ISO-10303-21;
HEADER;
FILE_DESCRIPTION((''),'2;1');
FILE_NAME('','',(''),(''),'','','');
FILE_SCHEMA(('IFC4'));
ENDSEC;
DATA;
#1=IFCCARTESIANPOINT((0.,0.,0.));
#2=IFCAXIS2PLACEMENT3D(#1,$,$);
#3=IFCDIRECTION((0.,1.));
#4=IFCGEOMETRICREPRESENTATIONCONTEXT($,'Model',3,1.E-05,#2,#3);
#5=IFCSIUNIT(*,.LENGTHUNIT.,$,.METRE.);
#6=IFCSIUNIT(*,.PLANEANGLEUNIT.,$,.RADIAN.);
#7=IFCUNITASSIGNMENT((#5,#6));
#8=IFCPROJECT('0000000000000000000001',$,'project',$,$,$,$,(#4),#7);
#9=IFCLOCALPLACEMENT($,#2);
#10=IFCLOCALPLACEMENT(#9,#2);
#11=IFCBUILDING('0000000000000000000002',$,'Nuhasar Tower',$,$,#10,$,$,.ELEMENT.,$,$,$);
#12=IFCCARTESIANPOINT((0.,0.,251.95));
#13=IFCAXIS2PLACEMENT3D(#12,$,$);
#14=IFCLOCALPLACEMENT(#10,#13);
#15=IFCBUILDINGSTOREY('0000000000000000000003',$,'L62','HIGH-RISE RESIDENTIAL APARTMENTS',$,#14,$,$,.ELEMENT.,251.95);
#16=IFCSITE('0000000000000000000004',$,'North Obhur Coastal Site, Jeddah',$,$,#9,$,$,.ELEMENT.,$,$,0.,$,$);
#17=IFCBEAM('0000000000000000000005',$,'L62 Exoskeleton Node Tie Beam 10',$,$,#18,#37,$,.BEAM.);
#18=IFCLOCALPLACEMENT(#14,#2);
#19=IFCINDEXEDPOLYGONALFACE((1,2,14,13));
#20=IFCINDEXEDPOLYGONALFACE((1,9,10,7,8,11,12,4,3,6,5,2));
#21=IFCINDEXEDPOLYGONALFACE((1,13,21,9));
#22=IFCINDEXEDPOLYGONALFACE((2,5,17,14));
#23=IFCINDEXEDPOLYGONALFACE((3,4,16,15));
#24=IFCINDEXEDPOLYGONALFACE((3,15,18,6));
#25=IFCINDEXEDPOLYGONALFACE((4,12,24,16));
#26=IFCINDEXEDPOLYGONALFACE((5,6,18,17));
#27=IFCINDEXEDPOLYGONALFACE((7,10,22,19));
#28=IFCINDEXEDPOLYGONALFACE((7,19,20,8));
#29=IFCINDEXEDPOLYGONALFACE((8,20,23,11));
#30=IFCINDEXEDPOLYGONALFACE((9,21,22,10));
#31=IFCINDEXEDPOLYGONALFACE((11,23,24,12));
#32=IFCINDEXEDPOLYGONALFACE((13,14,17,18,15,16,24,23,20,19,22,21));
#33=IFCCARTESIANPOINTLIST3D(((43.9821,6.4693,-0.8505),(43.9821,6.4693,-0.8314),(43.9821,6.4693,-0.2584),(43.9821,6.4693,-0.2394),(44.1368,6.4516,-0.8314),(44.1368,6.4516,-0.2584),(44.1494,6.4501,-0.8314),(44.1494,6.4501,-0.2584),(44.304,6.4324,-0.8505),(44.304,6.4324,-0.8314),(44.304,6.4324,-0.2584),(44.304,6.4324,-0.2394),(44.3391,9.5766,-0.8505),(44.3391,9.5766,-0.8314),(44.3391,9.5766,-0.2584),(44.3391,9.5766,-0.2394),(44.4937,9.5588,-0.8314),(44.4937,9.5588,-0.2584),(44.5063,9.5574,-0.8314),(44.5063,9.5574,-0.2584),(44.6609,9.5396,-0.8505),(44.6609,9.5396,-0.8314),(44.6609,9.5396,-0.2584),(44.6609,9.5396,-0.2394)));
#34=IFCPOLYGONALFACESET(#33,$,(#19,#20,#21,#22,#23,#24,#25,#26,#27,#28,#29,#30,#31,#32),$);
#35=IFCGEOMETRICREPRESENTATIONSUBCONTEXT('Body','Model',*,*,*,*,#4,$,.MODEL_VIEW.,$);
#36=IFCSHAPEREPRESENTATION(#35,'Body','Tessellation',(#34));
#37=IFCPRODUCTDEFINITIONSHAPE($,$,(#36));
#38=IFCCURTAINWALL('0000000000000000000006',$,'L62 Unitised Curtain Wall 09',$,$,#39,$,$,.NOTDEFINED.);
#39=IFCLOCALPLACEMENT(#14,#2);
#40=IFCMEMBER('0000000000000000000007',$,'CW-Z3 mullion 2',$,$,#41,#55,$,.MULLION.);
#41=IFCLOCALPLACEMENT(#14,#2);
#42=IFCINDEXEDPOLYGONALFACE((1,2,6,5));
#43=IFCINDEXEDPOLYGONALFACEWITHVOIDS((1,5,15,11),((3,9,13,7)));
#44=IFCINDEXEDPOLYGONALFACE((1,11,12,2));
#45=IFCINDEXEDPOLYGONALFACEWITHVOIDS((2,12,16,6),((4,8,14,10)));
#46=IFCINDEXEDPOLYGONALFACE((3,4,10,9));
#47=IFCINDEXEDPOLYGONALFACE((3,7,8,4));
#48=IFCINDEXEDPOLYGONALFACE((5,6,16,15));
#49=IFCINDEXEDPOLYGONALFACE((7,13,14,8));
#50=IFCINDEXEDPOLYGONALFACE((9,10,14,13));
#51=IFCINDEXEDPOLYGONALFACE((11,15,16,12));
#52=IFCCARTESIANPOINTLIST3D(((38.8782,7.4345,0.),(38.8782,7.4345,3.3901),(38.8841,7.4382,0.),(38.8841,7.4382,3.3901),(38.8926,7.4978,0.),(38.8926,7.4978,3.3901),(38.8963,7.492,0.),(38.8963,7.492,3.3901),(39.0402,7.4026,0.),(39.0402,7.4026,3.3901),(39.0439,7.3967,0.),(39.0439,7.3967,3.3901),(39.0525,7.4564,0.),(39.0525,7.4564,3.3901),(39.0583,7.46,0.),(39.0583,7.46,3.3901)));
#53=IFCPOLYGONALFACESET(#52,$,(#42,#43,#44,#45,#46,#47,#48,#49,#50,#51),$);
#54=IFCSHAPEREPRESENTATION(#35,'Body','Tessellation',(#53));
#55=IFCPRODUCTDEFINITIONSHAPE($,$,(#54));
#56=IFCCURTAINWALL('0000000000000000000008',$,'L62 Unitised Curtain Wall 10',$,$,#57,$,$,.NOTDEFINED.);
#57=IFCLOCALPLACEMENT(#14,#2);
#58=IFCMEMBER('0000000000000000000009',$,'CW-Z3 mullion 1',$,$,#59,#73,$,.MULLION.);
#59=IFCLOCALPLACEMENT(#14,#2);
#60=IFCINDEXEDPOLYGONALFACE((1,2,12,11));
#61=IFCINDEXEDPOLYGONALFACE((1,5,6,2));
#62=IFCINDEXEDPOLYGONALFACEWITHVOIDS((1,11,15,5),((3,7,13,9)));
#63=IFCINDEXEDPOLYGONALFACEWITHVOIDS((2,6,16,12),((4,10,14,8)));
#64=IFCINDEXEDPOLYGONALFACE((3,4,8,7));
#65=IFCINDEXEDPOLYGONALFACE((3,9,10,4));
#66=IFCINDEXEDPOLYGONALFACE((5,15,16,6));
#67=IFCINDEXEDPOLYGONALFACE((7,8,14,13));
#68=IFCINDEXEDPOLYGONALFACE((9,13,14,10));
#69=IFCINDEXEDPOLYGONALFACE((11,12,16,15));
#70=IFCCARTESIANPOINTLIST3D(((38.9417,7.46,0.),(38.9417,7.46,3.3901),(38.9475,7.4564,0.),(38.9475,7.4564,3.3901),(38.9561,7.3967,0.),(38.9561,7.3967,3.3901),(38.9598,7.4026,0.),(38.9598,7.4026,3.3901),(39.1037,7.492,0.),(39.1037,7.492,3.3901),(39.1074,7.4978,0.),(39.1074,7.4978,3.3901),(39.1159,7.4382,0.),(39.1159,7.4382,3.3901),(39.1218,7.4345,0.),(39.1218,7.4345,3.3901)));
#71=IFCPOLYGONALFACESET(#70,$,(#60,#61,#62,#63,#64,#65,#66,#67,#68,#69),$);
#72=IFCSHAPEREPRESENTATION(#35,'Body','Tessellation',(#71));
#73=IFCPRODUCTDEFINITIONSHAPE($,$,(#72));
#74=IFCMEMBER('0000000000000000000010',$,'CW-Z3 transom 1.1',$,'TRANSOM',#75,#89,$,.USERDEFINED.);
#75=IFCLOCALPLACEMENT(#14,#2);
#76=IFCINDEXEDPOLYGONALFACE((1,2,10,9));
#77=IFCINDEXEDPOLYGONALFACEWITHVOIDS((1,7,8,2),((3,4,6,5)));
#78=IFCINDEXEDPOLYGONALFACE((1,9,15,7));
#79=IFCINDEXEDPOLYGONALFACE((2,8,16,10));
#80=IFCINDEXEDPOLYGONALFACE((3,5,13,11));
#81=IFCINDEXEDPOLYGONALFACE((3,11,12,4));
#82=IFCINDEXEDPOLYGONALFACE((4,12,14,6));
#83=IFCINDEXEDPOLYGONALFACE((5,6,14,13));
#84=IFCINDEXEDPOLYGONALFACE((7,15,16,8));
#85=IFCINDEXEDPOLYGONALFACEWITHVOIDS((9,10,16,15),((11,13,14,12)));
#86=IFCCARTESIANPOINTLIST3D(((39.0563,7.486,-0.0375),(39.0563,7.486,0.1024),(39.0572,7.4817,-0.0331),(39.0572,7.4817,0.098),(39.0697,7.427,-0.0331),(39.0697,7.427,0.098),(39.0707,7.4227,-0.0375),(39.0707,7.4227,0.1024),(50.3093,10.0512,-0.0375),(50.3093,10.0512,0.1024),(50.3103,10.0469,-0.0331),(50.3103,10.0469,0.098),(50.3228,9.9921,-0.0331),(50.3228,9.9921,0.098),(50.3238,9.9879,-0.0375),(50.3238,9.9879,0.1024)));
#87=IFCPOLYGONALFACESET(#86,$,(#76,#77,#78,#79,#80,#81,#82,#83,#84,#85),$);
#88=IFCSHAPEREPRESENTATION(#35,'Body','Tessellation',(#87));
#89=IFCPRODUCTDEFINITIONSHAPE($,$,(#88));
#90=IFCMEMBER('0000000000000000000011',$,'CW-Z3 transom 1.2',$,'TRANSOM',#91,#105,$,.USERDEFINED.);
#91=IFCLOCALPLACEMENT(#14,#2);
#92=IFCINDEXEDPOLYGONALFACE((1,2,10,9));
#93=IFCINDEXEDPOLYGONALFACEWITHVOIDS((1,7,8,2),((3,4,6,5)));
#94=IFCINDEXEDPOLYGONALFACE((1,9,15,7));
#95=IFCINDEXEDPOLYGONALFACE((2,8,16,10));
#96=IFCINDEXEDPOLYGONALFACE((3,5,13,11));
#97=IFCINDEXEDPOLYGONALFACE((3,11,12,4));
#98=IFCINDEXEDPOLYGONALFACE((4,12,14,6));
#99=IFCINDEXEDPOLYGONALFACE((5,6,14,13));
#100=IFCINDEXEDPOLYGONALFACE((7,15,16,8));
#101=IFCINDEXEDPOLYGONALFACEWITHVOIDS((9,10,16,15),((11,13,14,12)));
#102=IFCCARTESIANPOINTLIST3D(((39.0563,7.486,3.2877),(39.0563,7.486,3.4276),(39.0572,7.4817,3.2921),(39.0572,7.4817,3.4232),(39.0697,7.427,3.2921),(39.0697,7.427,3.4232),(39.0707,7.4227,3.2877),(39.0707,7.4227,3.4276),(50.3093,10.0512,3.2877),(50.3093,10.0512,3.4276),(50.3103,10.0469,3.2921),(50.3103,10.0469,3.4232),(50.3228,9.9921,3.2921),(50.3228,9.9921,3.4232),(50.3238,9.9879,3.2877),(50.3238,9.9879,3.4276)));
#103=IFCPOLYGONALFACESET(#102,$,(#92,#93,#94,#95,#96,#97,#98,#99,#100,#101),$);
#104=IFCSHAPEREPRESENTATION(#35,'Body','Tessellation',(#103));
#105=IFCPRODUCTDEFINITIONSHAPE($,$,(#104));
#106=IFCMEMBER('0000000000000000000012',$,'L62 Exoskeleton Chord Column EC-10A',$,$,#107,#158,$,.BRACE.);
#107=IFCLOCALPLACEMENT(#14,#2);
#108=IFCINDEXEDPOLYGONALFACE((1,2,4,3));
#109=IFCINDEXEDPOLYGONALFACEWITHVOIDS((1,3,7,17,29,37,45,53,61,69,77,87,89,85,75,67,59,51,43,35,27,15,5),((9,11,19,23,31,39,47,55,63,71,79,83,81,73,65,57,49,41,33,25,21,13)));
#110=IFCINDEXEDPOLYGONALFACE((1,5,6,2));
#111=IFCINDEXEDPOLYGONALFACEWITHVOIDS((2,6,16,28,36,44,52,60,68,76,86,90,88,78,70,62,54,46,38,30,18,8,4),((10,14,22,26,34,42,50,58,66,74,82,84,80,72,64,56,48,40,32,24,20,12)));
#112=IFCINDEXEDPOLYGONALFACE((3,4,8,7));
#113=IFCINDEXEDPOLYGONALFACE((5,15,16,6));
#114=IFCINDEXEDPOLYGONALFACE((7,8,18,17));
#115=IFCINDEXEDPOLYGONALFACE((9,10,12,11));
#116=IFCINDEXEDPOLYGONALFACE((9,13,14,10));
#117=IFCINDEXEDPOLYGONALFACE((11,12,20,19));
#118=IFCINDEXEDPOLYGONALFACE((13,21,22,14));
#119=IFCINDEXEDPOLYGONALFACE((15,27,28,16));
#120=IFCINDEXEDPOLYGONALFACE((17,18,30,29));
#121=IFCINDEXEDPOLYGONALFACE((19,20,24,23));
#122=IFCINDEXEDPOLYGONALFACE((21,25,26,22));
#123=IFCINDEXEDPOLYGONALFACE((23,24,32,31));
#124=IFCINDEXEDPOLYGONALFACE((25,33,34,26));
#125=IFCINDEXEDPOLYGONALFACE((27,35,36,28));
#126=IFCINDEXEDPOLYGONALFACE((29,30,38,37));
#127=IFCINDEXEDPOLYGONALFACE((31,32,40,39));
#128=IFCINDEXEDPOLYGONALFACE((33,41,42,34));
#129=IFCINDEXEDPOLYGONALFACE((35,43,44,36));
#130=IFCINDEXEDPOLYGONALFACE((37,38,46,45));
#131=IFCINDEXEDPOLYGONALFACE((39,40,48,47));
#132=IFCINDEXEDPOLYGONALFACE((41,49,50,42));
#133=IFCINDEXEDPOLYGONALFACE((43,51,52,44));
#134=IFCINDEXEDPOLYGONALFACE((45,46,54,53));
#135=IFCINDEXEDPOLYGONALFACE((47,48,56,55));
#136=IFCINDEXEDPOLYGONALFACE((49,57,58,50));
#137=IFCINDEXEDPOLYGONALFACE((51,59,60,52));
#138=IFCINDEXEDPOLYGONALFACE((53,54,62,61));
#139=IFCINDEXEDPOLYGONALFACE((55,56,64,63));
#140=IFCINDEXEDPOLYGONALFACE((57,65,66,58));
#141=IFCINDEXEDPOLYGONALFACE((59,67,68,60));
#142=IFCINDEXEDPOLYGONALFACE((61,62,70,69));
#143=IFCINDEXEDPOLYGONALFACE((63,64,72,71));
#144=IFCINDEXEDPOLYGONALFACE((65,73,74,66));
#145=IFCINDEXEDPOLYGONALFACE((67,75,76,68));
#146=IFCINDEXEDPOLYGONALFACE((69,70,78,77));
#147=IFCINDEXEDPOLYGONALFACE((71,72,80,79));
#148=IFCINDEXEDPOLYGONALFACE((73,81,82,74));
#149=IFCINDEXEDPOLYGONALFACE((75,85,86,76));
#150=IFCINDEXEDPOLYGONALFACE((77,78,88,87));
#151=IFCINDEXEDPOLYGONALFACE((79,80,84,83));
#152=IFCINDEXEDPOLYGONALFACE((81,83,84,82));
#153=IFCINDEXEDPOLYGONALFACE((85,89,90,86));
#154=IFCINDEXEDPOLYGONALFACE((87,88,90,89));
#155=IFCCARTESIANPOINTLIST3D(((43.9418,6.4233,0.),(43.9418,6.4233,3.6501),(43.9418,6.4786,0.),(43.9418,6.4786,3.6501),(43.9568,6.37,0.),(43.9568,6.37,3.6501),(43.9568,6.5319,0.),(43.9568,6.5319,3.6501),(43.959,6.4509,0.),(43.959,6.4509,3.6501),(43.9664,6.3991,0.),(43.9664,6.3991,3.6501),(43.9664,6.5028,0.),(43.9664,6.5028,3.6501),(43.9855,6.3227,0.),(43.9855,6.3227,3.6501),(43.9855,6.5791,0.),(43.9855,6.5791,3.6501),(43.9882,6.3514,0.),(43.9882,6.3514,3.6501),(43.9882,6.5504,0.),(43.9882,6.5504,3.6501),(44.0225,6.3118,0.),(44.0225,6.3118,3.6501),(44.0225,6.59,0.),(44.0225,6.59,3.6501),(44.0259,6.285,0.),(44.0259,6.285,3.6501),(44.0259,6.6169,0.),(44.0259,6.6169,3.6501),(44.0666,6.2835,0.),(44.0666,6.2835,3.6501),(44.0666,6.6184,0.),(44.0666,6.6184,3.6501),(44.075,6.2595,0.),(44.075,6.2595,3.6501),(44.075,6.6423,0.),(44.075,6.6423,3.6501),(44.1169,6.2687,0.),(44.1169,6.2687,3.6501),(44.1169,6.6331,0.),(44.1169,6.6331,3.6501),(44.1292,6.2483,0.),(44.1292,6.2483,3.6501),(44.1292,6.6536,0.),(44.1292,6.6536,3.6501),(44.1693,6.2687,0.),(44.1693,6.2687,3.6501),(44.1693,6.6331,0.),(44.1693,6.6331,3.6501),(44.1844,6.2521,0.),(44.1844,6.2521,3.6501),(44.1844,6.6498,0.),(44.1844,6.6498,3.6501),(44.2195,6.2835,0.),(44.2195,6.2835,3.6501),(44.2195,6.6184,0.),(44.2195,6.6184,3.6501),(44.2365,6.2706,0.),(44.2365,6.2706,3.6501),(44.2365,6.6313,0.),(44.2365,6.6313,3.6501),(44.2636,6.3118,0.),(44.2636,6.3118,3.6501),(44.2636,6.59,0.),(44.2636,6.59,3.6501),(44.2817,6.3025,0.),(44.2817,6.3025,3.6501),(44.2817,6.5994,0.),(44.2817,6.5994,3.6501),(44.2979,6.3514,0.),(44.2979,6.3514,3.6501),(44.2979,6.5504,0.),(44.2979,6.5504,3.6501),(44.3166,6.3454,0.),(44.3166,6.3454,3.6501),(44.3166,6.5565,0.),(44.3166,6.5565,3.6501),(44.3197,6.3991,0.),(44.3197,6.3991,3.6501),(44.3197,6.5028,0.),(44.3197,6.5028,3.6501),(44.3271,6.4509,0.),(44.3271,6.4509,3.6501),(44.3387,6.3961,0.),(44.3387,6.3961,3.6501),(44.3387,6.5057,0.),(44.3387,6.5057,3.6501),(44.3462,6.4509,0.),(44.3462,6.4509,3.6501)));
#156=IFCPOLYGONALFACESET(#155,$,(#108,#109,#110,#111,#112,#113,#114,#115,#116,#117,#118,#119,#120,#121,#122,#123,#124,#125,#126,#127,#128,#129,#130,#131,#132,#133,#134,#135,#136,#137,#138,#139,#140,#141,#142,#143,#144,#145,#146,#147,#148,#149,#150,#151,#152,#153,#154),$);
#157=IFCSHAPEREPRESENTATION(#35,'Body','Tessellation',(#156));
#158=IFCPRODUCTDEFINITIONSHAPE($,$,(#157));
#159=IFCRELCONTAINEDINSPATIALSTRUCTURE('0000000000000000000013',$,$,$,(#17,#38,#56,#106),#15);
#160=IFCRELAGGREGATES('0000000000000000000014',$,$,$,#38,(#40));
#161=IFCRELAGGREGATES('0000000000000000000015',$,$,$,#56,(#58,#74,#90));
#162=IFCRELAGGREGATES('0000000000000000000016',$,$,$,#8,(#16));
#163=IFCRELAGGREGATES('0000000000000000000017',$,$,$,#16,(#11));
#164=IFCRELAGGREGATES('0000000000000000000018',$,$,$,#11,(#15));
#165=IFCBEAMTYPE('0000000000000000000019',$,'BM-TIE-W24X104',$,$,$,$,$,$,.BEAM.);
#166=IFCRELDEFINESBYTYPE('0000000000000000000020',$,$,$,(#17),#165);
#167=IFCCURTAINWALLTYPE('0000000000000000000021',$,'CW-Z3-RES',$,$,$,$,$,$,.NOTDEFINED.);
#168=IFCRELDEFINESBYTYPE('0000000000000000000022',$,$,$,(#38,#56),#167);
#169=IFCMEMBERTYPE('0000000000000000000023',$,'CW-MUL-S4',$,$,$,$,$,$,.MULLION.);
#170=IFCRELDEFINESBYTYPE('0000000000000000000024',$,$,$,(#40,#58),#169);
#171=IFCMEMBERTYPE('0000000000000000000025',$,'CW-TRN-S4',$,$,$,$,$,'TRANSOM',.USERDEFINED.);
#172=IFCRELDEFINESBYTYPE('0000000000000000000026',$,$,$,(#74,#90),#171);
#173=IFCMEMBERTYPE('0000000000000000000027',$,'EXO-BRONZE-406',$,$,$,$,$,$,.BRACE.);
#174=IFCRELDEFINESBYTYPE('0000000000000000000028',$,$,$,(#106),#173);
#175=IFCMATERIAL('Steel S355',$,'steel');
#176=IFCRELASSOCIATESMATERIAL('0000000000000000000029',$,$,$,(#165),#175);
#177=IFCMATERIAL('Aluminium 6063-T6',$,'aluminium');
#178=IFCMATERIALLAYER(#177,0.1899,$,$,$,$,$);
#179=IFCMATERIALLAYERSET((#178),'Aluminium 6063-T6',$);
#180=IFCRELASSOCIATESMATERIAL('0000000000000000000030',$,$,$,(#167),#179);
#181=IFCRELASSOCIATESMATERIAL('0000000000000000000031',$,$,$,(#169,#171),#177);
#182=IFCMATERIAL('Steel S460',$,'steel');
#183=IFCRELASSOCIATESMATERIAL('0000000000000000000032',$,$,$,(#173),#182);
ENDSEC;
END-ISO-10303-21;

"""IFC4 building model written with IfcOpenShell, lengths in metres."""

from ifc_helpers import new_model, si_unit, direction, frame, origin, origin_2d, place, context, subcontext, project, spatial, hollow_rectangle, hollow_circle, i_section, extrude, material, layer, layer_set, material_profile, profile_set, type_object, element, aggregate, save


model = new_model("IFC4")

# Units and contexts
model_context = context("Model", 3, precision=1e-05, world=origin(), true_north=direction((0.0, 1.0)))
body_context = subcontext(model_context, "Body", "Model", "MODEL_VIEW")
ifc_project = project(units=[si_unit("LENGTHUNIT", "METRE"), si_unit("PLANEANGLEUNIT", "RADIAN")], contexts=[model_context])

# Site, building, storey
site_placement = place(None, origin())
site = spatial("IfcSite", under=ifc_project, at=site_placement, Name="North Obhur Coastal Site, Jeddah", CompositionType="ELEMENT", RefElevation=0.0)
building_placement = place(site_placement, origin())
building = spatial("IfcBuilding", under=site, at=building_placement, Name="Nuhasar Tower", CompositionType="ELEMENT")
storey_placement = place(building_placement, frame((0.0, 0.0, 251.95)))
storey = spatial("IfcBuildingStorey", under=building, at=storey_placement, Name="L62", Description="HIGH-RISE RESIDENTIAL APARTMENTS", CompositionType="ELEMENT", Elevation=251.95)

# Beam
ifc_material_1 = material(Name="Steel S355", Category="steel")
ifc_material_profile_1 = material_profile(ifc_material_1, i_section(OverallWidth=0.324, OverallDepth=0.6111, WebThickness=0.0127, FlangeThickness=0.019, at=origin_2d()), Name="W24X104")
ifc_profile_set_1 = profile_set([ifc_material_profile_1], Name="Steel S355")
beam_type_1 = type_object("IfcBeamType", Name="BM-TIE-W24X104", PredefinedType="BEAM", material=ifc_profile_set_1)
beam_1_placement = place(storey_placement, frame((44.5, 9.5581, -0.5449), z_axis=(-0.114123, -0.993467, 0.0), x_axis=(0.993467, -0.114123, 0.0)))
element("IfcBeam", 1, at=beam_1_placement, inside=storey, type_object=beam_type_1, Name="L62 Exoskeleton Node Tie Beam 10", PredefinedType="BEAM", context=body_context, shape_type="SweptSolid", body=[
    extrude(i_section(OverallWidth=0.324, OverallDepth=0.6111, WebThickness=0.0127, FlangeThickness=0.019, at=origin_2d()), origin(), (0.0, 0.0, 1.0), 3.1277),
])

# Curtain wall, member
ifc_material_2 = material(Name="Aluminium 6063-T6", Category="aluminium")
ifc_layer_1 = layer(ifc_material_2, 0.1899)
ifc_layer_set_1 = layer_set([ifc_layer_1], Name="Aluminium 6063-T6")
curtain_wall_type = type_object("IfcCurtainWallType", Name="CW-Z3-RES", PredefinedType="NOTDEFINED", material=ifc_layer_set_1)
curtain_wall_1_placement = place(storey_placement, origin())
curtain_wall_1 = element("IfcCurtainWall", 2, at=curtain_wall_1_placement, inside=storey, type_object=curtain_wall_type, Name="L62 Unitised Curtain Wall 09", PredefinedType="NOTDEFINED")
ifc_material_profile_2 = material_profile(ifc_material_2, hollow_rectangle(XDim=0.0649, YDim=0.1699, WallThickness=0.0049, at=origin_2d()), Name="CWM-4")
ifc_profile_set_2 = profile_set([ifc_material_profile_2], Name="Aluminium 6063-T6")
member_type_1 = type_object("IfcMemberType", Name="CW-MUL-S4", PredefinedType="MULLION", material=ifc_profile_set_2)
member_1_placement = place(storey_placement, frame((38.9683, 7.4473, 0.0), z_axis=(0.0, 0.0, 1.0), x_axis=(0.222243, 0.974991, 0.0)))
member_1 = element("IfcMember", 3, at=member_1_placement, type_object=member_type_1, Name="CW-Z3 mullion 2", PredefinedType="MULLION", context=body_context, shape_type="SweptSolid", body=[
    extrude(hollow_rectangle(XDim=0.0649, YDim=0.1699, WallThickness=0.0049, at=origin_2d()), origin(), (0.0, 0.0, 1.0), 3.3901),
])
aggregate(curtain_wall_1, [member_1])

# Curtain wall, members
curtain_wall_2_placement = place(storey_placement, origin())
curtain_wall_2 = element("IfcCurtainWall", 4, at=curtain_wall_2_placement, inside=storey, type_object=curtain_wall_type, Name="L62 Unitised Curtain Wall 10", PredefinedType="NOTDEFINED")
member_2_placement = place(storey_placement, frame((39.0317, 7.4473, 0.0), z_axis=(0.0, 0.0, 1.0), x_axis=(-0.222243, 0.974991, 0.0)))
member_2 = element("IfcMember", 5, at=member_2_placement, type_object=member_type_1, Name="CW-Z3 mullion 1", PredefinedType="MULLION", context=body_context, shape_type="SweptSolid", body=[
    extrude(hollow_rectangle(XDim=0.0649, YDim=0.1699, WallThickness=0.0049, at=origin_2d()), origin(), (0.0, 0.0, 1.0), 3.3901),
])
ifc_material_profile_3 = material_profile(ifc_material_2, hollow_rectangle(XDim=0.0649, YDim=0.1399, WallThickness=0.0044, at=origin_2d()), Name="CWT-4")
ifc_profile_set_3 = profile_set([ifc_material_profile_3], Name="Aluminium 6063-T6")
member_type_2 = type_object("IfcMemberType", Name="CW-TRN-S4", ElementType="TRANSOM", PredefinedType="USERDEFINED", material=ifc_profile_set_3)
member_3_placement = place(storey_placement, frame((39.0635, 7.4543, 0.0325), z_axis=(0.974989, 0.222251, 0.0), x_axis=(-0.222251, 0.974989, 0.0)))
member_3 = element("IfcMember", 6, at=member_3_placement, type_object=member_type_2, Name="CW-Z3 transom 1.1", ObjectType="TRANSOM", PredefinedType="USERDEFINED", context=body_context, shape_type="SweptSolid", body=[
    extrude(hollow_rectangle(XDim=0.0649, YDim=0.1399, WallThickness=0.0044, at=origin_2d()), origin(), (0.0, 0.0, 1.0), 11.5417),
])
member_4_placement = place(storey_placement, frame((39.0635, 7.4543, 3.3577), z_axis=(0.974989, 0.222251, 0.0), x_axis=(-0.222251, 0.974989, 0.0)))
member_4 = element("IfcMember", 7, at=member_4_placement, type_object=member_type_2, Name="CW-Z3 transom 1.2", ObjectType="TRANSOM", PredefinedType="USERDEFINED", context=body_context, shape_type="SweptSolid", body=[
    extrude(hollow_rectangle(XDim=0.0649, YDim=0.1399, WallThickness=0.0044, at=origin_2d()), origin(), (0.0, 0.0, 1.0), 11.5417),
])

# Member
ifc_material_3 = material(Name="Steel S460", Category="steel")
ifc_material_profile_4 = material_profile(ifc_material_3, hollow_circle(Radius=0.2031, WallThickness=0.019, at=origin_2d()), Name="HSS406.4X19.1")
ifc_profile_set_4 = profile_set([ifc_material_profile_4], Name="Steel S460")
member_type_3 = type_object("IfcMemberType", Name="EXO-BRONZE-406", PredefinedType="BRACE", material=ifc_profile_set_4)
for number, where, z_axis, x_axis, name in (
    (8, (44.1431, 6.4509, 0.0), (0.0, 0.0, 1.0), (1.0, 0.0, 0.0), "L62 Exoskeleton Chord Column EC-10A"),
):
    element("IfcMember", number, at=place(storey_placement, frame(where, z_axis=z_axis, x_axis=x_axis)), inside=storey, type_object=member_type_3, Name=name, PredefinedType="BRACE", context=body_context, shape_type="SweptSolid", body=[
        extrude(hollow_circle(Radius=0.2031, WallThickness=0.019, at=origin_2d()), origin(), (0.0, 0.0, 1.0), 3.6501),
    ])

aggregate(curtain_wall_2, [member_2, member_3, member_4])

save(model, "model.ifc")
